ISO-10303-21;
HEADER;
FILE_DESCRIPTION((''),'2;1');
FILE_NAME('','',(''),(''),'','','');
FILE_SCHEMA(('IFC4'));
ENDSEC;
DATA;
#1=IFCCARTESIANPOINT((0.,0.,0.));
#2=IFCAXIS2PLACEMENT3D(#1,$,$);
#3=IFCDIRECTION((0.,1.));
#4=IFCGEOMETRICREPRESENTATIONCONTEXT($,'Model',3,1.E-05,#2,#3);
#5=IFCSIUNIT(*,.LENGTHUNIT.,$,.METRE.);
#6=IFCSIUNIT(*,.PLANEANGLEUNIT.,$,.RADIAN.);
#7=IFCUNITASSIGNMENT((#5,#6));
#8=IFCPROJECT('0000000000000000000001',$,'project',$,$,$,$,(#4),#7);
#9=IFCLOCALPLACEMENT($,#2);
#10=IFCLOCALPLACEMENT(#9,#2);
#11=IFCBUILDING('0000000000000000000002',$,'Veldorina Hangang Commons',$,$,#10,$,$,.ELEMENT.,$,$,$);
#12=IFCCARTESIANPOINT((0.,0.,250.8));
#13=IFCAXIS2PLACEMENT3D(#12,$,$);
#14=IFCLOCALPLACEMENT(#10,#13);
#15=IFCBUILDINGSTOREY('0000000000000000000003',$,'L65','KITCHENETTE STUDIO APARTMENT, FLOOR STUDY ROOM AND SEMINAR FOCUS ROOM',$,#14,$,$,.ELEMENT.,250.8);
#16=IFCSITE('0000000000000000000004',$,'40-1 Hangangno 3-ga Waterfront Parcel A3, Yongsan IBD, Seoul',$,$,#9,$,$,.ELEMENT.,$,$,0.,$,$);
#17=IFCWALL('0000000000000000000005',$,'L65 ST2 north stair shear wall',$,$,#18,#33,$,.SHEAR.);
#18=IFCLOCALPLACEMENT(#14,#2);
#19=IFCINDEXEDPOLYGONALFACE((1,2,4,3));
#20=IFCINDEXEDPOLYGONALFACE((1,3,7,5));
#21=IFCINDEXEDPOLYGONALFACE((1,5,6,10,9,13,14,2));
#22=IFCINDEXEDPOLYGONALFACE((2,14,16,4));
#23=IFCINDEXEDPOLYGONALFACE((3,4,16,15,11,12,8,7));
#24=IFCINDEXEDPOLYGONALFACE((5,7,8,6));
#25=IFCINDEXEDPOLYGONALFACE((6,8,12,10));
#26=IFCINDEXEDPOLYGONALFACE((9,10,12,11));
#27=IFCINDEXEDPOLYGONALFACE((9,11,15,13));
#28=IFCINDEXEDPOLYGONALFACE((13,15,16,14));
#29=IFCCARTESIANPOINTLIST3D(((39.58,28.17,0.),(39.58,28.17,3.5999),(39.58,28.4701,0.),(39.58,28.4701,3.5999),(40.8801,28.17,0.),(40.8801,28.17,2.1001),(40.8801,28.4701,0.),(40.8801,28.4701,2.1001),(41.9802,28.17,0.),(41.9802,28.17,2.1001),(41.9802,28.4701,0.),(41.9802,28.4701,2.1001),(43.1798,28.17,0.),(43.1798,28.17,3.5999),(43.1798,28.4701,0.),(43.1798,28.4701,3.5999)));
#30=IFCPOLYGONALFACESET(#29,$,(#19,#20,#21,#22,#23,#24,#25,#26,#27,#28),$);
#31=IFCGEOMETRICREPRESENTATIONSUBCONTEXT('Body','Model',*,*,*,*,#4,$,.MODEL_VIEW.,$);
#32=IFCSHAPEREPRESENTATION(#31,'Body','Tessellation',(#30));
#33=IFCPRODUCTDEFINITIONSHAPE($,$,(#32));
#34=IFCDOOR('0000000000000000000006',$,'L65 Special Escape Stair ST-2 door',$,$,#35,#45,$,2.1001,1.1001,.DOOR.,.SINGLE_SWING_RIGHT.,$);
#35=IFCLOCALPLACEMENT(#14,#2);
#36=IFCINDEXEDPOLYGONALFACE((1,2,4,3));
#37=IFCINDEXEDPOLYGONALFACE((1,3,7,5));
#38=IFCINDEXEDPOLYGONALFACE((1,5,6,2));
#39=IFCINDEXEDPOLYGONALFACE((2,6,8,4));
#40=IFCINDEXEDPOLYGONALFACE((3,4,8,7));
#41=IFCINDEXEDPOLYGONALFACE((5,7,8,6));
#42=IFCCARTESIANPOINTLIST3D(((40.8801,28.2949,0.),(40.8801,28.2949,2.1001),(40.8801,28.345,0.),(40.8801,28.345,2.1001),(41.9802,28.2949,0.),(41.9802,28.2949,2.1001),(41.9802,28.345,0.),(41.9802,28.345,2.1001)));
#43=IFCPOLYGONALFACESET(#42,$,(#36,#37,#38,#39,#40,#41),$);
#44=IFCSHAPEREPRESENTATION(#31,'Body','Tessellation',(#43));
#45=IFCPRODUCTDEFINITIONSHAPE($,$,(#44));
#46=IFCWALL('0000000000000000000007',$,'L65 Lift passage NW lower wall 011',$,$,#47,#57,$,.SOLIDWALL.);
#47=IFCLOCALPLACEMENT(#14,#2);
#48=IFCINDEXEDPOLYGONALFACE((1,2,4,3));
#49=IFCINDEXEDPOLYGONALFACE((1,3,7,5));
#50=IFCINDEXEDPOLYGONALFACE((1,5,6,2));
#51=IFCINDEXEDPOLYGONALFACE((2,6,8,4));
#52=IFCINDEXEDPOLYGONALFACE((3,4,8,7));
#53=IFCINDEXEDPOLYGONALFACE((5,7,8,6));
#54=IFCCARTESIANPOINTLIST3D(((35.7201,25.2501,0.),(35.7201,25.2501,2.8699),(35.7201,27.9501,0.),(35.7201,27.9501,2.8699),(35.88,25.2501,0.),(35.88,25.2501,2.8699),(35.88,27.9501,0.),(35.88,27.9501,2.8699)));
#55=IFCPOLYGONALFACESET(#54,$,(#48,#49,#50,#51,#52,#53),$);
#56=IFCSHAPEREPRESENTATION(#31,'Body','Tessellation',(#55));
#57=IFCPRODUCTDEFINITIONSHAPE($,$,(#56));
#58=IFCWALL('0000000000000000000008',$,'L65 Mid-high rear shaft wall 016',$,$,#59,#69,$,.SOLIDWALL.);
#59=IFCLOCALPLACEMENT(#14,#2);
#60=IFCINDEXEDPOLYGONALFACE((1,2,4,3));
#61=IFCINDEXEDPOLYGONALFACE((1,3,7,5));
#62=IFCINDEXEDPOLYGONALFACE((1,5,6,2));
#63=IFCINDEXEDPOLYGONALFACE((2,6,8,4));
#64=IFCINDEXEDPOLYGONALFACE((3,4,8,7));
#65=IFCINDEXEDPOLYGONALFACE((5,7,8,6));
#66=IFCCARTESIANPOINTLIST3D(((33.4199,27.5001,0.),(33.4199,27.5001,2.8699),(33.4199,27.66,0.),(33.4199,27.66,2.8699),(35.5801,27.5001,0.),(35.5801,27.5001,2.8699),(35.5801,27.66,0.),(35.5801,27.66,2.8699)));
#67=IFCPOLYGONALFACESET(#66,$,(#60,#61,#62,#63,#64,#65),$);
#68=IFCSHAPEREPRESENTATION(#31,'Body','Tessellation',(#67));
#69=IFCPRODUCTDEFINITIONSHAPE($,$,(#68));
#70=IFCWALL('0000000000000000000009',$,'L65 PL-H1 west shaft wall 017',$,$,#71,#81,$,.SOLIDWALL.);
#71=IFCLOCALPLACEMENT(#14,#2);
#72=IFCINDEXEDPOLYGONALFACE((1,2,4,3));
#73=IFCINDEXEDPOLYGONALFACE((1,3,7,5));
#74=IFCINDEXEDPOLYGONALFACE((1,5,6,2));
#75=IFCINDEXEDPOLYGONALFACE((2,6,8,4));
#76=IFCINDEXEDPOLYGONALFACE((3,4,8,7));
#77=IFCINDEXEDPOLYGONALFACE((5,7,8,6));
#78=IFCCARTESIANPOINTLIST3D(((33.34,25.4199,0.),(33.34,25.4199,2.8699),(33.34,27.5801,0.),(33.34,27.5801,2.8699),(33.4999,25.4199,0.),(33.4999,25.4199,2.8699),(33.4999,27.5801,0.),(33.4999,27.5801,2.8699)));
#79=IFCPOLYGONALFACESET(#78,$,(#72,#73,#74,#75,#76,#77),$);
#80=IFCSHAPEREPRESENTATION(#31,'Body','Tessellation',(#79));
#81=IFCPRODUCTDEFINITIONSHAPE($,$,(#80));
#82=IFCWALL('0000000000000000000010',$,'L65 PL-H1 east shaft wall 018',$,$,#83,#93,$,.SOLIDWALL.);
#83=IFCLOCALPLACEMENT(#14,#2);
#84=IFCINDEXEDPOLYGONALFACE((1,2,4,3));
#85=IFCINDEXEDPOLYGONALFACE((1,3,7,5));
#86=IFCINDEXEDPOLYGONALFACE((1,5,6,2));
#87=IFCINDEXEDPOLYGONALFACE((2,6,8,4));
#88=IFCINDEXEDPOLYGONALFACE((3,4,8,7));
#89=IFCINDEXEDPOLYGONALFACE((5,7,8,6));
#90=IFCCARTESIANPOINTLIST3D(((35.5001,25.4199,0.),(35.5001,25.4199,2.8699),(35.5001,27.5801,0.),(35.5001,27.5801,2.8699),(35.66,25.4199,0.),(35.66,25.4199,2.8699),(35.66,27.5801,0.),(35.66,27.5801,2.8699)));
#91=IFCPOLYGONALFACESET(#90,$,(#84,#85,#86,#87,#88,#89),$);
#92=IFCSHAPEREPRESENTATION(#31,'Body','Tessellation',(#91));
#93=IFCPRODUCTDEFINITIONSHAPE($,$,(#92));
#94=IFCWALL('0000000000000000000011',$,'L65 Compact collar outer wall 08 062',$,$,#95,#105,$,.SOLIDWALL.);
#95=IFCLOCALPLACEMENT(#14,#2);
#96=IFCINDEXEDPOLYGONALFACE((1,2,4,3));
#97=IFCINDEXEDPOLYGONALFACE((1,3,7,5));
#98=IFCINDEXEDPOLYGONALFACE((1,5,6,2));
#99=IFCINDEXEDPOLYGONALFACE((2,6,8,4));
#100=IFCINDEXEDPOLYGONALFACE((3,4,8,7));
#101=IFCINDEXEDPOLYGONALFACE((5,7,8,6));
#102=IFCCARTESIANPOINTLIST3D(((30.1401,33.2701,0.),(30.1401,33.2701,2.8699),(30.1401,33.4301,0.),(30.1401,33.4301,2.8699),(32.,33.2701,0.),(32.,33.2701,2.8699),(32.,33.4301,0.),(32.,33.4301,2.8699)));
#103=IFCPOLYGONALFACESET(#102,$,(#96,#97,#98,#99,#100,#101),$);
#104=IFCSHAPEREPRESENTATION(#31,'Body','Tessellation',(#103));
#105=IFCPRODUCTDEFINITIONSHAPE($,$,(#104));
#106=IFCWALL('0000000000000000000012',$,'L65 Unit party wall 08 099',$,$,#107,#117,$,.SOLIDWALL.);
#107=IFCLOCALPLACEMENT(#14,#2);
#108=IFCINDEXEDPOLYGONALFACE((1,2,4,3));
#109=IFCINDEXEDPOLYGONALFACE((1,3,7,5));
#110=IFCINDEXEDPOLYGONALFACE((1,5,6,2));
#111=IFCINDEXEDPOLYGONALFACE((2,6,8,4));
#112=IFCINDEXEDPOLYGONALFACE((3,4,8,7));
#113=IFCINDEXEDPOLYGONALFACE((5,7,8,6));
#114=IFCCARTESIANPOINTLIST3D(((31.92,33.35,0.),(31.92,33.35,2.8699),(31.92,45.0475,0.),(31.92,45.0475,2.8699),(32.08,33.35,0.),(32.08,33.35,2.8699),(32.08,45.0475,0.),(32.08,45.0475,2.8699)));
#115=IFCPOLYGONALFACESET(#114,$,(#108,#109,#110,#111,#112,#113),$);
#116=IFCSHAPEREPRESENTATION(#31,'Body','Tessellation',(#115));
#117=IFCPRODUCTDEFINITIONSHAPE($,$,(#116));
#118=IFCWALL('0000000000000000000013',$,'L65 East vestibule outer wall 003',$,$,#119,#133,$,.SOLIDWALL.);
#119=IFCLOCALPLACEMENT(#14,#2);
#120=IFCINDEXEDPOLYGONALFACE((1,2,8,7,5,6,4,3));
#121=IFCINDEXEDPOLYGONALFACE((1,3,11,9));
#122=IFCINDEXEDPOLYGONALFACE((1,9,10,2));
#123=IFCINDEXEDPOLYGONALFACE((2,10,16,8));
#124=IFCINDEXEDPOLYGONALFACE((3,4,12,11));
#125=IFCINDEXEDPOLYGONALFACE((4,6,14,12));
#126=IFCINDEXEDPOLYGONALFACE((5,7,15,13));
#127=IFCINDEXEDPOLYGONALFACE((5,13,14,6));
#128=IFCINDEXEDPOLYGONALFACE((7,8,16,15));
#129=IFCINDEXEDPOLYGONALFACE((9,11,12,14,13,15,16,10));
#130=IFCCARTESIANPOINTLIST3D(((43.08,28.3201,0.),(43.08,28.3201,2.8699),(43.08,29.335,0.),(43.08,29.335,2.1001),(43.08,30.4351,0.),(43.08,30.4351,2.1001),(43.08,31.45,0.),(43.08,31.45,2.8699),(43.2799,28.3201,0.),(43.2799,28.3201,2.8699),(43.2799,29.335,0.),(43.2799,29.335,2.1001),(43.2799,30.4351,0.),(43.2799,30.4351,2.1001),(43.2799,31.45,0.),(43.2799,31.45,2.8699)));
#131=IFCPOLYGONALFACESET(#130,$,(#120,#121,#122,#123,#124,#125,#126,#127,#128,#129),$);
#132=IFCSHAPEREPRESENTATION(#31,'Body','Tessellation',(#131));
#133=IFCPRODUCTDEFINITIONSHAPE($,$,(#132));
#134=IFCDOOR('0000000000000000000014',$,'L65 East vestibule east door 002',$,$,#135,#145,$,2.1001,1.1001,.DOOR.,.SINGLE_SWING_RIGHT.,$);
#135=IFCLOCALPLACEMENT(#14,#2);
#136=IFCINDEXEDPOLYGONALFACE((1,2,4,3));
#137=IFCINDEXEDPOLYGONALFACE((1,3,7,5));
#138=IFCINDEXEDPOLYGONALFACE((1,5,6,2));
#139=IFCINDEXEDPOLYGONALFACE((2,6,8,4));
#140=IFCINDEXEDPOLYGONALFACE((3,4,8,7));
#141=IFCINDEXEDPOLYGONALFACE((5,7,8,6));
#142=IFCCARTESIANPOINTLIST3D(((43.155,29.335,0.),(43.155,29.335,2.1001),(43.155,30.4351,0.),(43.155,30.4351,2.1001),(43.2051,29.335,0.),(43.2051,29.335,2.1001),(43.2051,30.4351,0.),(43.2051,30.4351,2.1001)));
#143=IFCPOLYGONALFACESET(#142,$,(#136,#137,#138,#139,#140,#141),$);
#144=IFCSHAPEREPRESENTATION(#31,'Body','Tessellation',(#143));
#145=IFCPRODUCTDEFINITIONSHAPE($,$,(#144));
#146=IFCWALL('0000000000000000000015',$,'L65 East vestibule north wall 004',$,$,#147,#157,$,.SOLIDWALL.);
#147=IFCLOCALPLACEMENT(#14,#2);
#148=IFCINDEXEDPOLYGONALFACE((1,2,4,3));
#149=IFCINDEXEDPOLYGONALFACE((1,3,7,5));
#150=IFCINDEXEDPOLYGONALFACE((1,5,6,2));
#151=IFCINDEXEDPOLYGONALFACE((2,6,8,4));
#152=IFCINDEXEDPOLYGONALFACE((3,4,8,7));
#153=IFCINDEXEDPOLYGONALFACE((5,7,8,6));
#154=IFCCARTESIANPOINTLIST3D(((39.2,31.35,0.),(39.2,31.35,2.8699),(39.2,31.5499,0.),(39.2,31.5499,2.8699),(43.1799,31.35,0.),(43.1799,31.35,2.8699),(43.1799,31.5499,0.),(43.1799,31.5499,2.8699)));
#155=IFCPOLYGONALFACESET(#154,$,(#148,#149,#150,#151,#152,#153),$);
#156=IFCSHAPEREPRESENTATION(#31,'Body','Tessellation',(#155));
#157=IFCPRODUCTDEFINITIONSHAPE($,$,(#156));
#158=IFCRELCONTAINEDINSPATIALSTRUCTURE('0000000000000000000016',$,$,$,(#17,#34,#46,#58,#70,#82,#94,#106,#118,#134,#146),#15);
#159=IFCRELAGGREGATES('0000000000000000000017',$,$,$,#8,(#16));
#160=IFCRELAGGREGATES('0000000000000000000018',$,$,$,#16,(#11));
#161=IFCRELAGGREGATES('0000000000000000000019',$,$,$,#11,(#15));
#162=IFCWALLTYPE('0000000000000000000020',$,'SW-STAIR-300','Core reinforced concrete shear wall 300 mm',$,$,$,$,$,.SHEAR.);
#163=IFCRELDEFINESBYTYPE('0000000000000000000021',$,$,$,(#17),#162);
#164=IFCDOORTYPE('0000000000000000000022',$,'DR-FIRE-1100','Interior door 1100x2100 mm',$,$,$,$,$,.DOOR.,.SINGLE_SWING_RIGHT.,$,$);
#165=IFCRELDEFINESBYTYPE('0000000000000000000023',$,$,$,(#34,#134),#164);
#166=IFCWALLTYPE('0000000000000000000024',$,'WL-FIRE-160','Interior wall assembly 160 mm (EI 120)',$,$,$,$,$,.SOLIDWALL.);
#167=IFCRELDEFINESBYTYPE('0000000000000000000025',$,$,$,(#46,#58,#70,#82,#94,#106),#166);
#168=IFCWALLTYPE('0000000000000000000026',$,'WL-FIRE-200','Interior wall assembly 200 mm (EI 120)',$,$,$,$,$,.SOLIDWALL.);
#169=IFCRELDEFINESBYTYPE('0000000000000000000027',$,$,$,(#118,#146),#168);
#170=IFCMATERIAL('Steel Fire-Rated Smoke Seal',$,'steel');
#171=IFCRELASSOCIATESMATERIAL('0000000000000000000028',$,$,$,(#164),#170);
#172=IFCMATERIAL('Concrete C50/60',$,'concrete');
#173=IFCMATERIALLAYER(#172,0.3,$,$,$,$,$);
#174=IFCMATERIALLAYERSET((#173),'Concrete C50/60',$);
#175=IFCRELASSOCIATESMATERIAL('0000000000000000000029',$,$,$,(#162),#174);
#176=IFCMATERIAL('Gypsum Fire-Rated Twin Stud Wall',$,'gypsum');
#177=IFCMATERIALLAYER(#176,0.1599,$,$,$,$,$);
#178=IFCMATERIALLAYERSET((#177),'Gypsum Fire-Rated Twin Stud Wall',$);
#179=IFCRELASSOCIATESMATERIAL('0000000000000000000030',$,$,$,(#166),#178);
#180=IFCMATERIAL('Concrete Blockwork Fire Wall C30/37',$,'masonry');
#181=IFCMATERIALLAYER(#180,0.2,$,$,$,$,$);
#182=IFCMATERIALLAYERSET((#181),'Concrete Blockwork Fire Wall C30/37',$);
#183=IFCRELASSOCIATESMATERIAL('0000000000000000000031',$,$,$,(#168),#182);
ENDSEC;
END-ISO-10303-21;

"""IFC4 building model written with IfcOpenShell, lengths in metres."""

from ifc_helpers import new_model, si_unit, direction, frame, frame_2d, origin, place, context, subcontext, project, spatial, rectangle, extrude, material, layer, layer_set, type_object, element, fill, save


model = new_model("IFC4")

# Units and contexts
model_context = context("Model", 3, precision=1e-05, world=origin(), true_north=direction((0.0, 1.0)))
body_context = subcontext(model_context, "Body", "Model", "MODEL_VIEW")
ifc_project = project(units=[si_unit("LENGTHUNIT", "METRE"), si_unit("PLANEANGLEUNIT", "RADIAN")], contexts=[model_context])

# Site, building, storey
site_placement = place(None, origin())
site = spatial("IfcSite", under=ifc_project, at=site_placement, Name="40-1 Hangangno 3-ga Waterfront Parcel A3, Yongsan IBD, Seoul", CompositionType="ELEMENT", RefElevation=0.0)
building_placement = place(site_placement, origin())
building = spatial("IfcBuilding", under=site, at=building_placement, Name="Veldorina Hangang Commons", CompositionType="ELEMENT")
storey_placement = place(building_placement, frame((0.0, 0.0, 250.8)))
storey = spatial("IfcBuildingStorey", under=building, at=storey_placement, Name="L65", Description="KITCHENETTE STUDIO APARTMENT, FLOOR STUDY ROOM AND SEMINAR FOCUS ROOM", CompositionType="ELEMENT", Elevation=250.8)

# Shared definitions
ifc_material_1 = material(Name="Concrete C50/60", Category="concrete")

# Wall, opening, door
ifc_material_2 = material(Name="Steel Fire-Rated Smoke Seal", Category="steel")
door_type_1 = type_object("IfcDoorType", Name="DR-FIRE-1100", Description="Interior door 1100x2100 mm", OperationType="SINGLE_SWING_RIGHT", PredefinedType="DOOR", material=ifc_material_2)
ifc_layer_1 = layer(ifc_material_1, 0.3)
ifc_layer_set_1 = layer_set([ifc_layer_1], Name="Concrete C50/60")
wall_type_1 = type_object("IfcWallType", Name="SW-STAIR-300", Description="Core reinforced concrete shear wall 300 mm", PredefinedType="SHEAR", material=ifc_layer_set_1)
wall_1_placement = place(storey_placement, frame((39.5801, 28.3201, 0.0), z_axis=(0.0, 0.0, 1.0), x_axis=(1.0, 0.0, 0.0)))
wall_1 = element("IfcWall", 1, at=wall_1_placement, inside=storey, type_object=wall_type_1, Name="L65 ST2 north stair shear wall", PredefinedType="SHEAR", context=body_context, shape_type="SweptSolid", body=[
    extrude(rectangle(XDim=3.5999, YDim=0.3, at=frame_2d((1.7998, 0.0))), origin(), (0.0, 0.0, 1.0), 3.5999),
])
opening_1_placement = place(wall_1_placement, frame((1.3, 0.0, 0.0)))
opening_1 = element("IfcOpeningElement", 2, at=opening_1_placement, cuts=wall_1, PredefinedType="OPENING", context=body_context, shape_type="SweptSolid", body=[
    extrude(rectangle(XDim=1.1001, YDim=2.1001, at=frame_2d((0.55, 1.05))), frame((0.0, 0.1602, 0.0), z_axis=(0.0, -1.0, 0.0), x_axis=(1.0, 0.0, 0.0)), (0.0, 0.0, 1.0), 0.3201),
])
door_1_placement = place(opening_1_placement, origin())
door_1 = element("IfcDoor", 3, at=door_1_placement, inside=storey, type_object=door_type_1, Name="L65 Special Escape Stair ST-2 door", OperationType="SINGLE_SWING_RIGHT", OverallHeight=2.1001, OverallWidth=1.1001, PredefinedType="DOOR", context=body_context, shape_type="SweptSolid", body=[
    extrude(rectangle(XDim=1.1001, YDim=2.1001, at=frame_2d((0.55, 1.05))), frame((0.0, 0.0249, 0.0), z_axis=(0.0, -1.0, 0.0), x_axis=(1.0, 0.0, 0.0)), (0.0, 0.0, 1.0), 0.05),
])
fill(opening_1, door_1)

# Wall
ifc_material_3 = material(Name="Gypsum Fire-Rated Twin Stud Wall", Category="gypsum")
ifc_layer_2 = layer(ifc_material_3, 0.1599)
ifc_layer_set_2 = layer_set([ifc_layer_2], Name="Gypsum Fire-Rated Twin Stud Wall")
wall_type_2 = type_object("IfcWallType", Name="WL-FIRE-160", Description="Interior wall assembly 160 mm (EI 120)", PredefinedType="SOLIDWALL", material=ifc_layer_set_2)
wall_2_placement = place(storey_placement, frame((35.8, 25.25, 0.0), z_axis=(0.0, 0.0, 1.0), x_axis=(0.0, 1.0, 0.0)))
element("IfcWall", 4, at=wall_2_placement, inside=storey, type_object=wall_type_2, Name="L65 Lift passage NW lower wall 011", PredefinedType="SOLIDWALL", context=body_context, shape_type="SweptSolid", body=[
    extrude(rectangle(XDim=2.7, YDim=0.1599, at=frame_2d((1.3501, 0.0))), origin(), (0.0, 0.0, 1.0), 2.8699),
])

# Walls
for number, where, z_axis, x_axis, name in (
    (5, (33.4199, 27.5801, 0.0), (0.0, 0.0, 1.0), (1.0, 0.0, 0.0), "L65 Mid-high rear shaft wall 016"),
    (6, (33.4199, 25.4199, 0.0), (0.0, 0.0, 1.0), (0.0, 1.0, 0.0), "L65 PL-H1 west shaft wall 017"),
    (7, (35.5801, 25.4199, 0.0), (0.0, 0.0, 1.0), (0.0, 1.0, 0.0), "L65 PL-H1 east shaft wall 018"),
):
    element("IfcWall", number, at=place(storey_placement, frame(where, z_axis=z_axis, x_axis=x_axis)), inside=storey, type_object=wall_type_2, Name=name, PredefinedType="SOLIDWALL", context=body_context, shape_type="SweptSolid", body=[
        extrude(rectangle(XDim=2.1602, YDim=0.1599, at=frame_2d((1.0801, 0.0))), origin(), (0.0, 0.0, 1.0), 2.8699),
    ])
wall_3_placement = place(storey_placement, frame((32.0, 33.3501, 0.0), z_axis=(0.0, 0.0, 1.0), x_axis=(-1.0, 0.0, 0.0)))
element("IfcWall", 8, at=wall_3_placement, inside=storey, type_object=wall_type_2, Name="L65 Compact collar outer wall 08 062", PredefinedType="SOLIDWALL", context=body_context, shape_type="SweptSolid", body=[
    extrude(rectangle(XDim=1.8599, YDim=0.1599, at=frame_2d((0.9299, 0.0))), origin(), (0.0, 0.0, 1.0), 2.8699),
])
wall_4_placement = place(storey_placement, frame((32.0, 33.3501, 0.0), z_axis=(0.0, 0.0, 1.0), x_axis=(0.0, 1.0, 0.0)))
element("IfcWall", 9, at=wall_4_placement, inside=storey, type_object=wall_type_2, Name="L65 Unit party wall 08 099", PredefinedType="SOLIDWALL", context=body_context, shape_type="SweptSolid", body=[
    extrude(rectangle(XDim=11.6975, YDim=0.1599, at=frame_2d((5.8486, 0.0))), origin(), (0.0, 0.0, 1.0), 2.8699),
])

# Wall, opening, door
ifc_material_4 = material(Name="Concrete Blockwork Fire Wall C30/37", Category="masonry")
ifc_layer_3 = layer(ifc_material_4, 0.2)
ifc_layer_set_3 = layer_set([ifc_layer_3], Name="Concrete Blockwork Fire Wall C30/37")
wall_type_3 = type_object("IfcWallType", Name="WL-FIRE-200", Description="Interior wall assembly 200 mm (EI 120)", PredefinedType="SOLIDWALL", material=ifc_layer_set_3)
wall_5_placement = place(storey_placement, frame((43.1799, 28.3201, 0.0), z_axis=(0.0, 0.0, 1.0), x_axis=(0.0, 1.0, 0.0)))
wall_5 = element("IfcWall", 10, at=wall_5_placement, inside=storey, type_object=wall_type_3, Name="L65 East vestibule outer wall 003", PredefinedType="SOLIDWALL", context=body_context, shape_type="SweptSolid", body=[
    extrude(rectangle(XDim=3.1299, YDim=0.2, at=frame_2d((1.5649, 0.0))), origin(), (0.0, 0.0, 1.0), 2.8699),
])
opening_2_placement = place(wall_5_placement, frame((1.0149, 0.0, 0.0)))
opening_2 = element("IfcOpeningElement", 11, at=opening_2_placement, cuts=wall_5, PredefinedType="OPENING", context=body_context, shape_type="SweptSolid", body=[
    extrude(rectangle(XDim=1.1001, YDim=2.1001, at=frame_2d((0.55, 1.05))), frame((0.0, 0.1099, 0.0), z_axis=(0.0, -1.0, 0.0), x_axis=(1.0, 0.0, 0.0)), (0.0, 0.0, 1.0), 0.22),
])
door_2_placement = place(opening_2_placement, origin())
door_2 = element("IfcDoor", 12, at=door_2_placement, inside=storey, type_object=door_type_1, Name="L65 East vestibule east door 002", OperationType="SINGLE_SWING_RIGHT", OverallHeight=2.1001, OverallWidth=1.1001, PredefinedType="DOOR", context=body_context, shape_type="SweptSolid", body=[
    extrude(rectangle(XDim=1.1001, YDim=2.1001, at=frame_2d((0.55, 1.05))), frame((0.0, 0.0249, 0.0), z_axis=(0.0, -1.0, 0.0), x_axis=(1.0, 0.0, 0.0)), (0.0, 0.0, 1.0), 0.05),
])
fill(opening_2, door_2)

# Wall
wall_6_placement = place(storey_placement, frame((39.2, 31.45, 0.0), z_axis=(0.0, 0.0, 1.0), x_axis=(1.0, 0.0, 0.0)))
element("IfcWall", 13, at=wall_6_placement, inside=storey, type_object=wall_type_3, Name="L65 East vestibule north wall 004", PredefinedType="SOLIDWALL", context=body_context, shape_type="SweptSolid", body=[
    extrude(rectangle(XDim=3.98, YDim=0.2, at=frame_2d((1.99, 0.0))), origin(), (0.0, 0.0, 1.0), 2.8699),
])

save(model, "model.ifc")
